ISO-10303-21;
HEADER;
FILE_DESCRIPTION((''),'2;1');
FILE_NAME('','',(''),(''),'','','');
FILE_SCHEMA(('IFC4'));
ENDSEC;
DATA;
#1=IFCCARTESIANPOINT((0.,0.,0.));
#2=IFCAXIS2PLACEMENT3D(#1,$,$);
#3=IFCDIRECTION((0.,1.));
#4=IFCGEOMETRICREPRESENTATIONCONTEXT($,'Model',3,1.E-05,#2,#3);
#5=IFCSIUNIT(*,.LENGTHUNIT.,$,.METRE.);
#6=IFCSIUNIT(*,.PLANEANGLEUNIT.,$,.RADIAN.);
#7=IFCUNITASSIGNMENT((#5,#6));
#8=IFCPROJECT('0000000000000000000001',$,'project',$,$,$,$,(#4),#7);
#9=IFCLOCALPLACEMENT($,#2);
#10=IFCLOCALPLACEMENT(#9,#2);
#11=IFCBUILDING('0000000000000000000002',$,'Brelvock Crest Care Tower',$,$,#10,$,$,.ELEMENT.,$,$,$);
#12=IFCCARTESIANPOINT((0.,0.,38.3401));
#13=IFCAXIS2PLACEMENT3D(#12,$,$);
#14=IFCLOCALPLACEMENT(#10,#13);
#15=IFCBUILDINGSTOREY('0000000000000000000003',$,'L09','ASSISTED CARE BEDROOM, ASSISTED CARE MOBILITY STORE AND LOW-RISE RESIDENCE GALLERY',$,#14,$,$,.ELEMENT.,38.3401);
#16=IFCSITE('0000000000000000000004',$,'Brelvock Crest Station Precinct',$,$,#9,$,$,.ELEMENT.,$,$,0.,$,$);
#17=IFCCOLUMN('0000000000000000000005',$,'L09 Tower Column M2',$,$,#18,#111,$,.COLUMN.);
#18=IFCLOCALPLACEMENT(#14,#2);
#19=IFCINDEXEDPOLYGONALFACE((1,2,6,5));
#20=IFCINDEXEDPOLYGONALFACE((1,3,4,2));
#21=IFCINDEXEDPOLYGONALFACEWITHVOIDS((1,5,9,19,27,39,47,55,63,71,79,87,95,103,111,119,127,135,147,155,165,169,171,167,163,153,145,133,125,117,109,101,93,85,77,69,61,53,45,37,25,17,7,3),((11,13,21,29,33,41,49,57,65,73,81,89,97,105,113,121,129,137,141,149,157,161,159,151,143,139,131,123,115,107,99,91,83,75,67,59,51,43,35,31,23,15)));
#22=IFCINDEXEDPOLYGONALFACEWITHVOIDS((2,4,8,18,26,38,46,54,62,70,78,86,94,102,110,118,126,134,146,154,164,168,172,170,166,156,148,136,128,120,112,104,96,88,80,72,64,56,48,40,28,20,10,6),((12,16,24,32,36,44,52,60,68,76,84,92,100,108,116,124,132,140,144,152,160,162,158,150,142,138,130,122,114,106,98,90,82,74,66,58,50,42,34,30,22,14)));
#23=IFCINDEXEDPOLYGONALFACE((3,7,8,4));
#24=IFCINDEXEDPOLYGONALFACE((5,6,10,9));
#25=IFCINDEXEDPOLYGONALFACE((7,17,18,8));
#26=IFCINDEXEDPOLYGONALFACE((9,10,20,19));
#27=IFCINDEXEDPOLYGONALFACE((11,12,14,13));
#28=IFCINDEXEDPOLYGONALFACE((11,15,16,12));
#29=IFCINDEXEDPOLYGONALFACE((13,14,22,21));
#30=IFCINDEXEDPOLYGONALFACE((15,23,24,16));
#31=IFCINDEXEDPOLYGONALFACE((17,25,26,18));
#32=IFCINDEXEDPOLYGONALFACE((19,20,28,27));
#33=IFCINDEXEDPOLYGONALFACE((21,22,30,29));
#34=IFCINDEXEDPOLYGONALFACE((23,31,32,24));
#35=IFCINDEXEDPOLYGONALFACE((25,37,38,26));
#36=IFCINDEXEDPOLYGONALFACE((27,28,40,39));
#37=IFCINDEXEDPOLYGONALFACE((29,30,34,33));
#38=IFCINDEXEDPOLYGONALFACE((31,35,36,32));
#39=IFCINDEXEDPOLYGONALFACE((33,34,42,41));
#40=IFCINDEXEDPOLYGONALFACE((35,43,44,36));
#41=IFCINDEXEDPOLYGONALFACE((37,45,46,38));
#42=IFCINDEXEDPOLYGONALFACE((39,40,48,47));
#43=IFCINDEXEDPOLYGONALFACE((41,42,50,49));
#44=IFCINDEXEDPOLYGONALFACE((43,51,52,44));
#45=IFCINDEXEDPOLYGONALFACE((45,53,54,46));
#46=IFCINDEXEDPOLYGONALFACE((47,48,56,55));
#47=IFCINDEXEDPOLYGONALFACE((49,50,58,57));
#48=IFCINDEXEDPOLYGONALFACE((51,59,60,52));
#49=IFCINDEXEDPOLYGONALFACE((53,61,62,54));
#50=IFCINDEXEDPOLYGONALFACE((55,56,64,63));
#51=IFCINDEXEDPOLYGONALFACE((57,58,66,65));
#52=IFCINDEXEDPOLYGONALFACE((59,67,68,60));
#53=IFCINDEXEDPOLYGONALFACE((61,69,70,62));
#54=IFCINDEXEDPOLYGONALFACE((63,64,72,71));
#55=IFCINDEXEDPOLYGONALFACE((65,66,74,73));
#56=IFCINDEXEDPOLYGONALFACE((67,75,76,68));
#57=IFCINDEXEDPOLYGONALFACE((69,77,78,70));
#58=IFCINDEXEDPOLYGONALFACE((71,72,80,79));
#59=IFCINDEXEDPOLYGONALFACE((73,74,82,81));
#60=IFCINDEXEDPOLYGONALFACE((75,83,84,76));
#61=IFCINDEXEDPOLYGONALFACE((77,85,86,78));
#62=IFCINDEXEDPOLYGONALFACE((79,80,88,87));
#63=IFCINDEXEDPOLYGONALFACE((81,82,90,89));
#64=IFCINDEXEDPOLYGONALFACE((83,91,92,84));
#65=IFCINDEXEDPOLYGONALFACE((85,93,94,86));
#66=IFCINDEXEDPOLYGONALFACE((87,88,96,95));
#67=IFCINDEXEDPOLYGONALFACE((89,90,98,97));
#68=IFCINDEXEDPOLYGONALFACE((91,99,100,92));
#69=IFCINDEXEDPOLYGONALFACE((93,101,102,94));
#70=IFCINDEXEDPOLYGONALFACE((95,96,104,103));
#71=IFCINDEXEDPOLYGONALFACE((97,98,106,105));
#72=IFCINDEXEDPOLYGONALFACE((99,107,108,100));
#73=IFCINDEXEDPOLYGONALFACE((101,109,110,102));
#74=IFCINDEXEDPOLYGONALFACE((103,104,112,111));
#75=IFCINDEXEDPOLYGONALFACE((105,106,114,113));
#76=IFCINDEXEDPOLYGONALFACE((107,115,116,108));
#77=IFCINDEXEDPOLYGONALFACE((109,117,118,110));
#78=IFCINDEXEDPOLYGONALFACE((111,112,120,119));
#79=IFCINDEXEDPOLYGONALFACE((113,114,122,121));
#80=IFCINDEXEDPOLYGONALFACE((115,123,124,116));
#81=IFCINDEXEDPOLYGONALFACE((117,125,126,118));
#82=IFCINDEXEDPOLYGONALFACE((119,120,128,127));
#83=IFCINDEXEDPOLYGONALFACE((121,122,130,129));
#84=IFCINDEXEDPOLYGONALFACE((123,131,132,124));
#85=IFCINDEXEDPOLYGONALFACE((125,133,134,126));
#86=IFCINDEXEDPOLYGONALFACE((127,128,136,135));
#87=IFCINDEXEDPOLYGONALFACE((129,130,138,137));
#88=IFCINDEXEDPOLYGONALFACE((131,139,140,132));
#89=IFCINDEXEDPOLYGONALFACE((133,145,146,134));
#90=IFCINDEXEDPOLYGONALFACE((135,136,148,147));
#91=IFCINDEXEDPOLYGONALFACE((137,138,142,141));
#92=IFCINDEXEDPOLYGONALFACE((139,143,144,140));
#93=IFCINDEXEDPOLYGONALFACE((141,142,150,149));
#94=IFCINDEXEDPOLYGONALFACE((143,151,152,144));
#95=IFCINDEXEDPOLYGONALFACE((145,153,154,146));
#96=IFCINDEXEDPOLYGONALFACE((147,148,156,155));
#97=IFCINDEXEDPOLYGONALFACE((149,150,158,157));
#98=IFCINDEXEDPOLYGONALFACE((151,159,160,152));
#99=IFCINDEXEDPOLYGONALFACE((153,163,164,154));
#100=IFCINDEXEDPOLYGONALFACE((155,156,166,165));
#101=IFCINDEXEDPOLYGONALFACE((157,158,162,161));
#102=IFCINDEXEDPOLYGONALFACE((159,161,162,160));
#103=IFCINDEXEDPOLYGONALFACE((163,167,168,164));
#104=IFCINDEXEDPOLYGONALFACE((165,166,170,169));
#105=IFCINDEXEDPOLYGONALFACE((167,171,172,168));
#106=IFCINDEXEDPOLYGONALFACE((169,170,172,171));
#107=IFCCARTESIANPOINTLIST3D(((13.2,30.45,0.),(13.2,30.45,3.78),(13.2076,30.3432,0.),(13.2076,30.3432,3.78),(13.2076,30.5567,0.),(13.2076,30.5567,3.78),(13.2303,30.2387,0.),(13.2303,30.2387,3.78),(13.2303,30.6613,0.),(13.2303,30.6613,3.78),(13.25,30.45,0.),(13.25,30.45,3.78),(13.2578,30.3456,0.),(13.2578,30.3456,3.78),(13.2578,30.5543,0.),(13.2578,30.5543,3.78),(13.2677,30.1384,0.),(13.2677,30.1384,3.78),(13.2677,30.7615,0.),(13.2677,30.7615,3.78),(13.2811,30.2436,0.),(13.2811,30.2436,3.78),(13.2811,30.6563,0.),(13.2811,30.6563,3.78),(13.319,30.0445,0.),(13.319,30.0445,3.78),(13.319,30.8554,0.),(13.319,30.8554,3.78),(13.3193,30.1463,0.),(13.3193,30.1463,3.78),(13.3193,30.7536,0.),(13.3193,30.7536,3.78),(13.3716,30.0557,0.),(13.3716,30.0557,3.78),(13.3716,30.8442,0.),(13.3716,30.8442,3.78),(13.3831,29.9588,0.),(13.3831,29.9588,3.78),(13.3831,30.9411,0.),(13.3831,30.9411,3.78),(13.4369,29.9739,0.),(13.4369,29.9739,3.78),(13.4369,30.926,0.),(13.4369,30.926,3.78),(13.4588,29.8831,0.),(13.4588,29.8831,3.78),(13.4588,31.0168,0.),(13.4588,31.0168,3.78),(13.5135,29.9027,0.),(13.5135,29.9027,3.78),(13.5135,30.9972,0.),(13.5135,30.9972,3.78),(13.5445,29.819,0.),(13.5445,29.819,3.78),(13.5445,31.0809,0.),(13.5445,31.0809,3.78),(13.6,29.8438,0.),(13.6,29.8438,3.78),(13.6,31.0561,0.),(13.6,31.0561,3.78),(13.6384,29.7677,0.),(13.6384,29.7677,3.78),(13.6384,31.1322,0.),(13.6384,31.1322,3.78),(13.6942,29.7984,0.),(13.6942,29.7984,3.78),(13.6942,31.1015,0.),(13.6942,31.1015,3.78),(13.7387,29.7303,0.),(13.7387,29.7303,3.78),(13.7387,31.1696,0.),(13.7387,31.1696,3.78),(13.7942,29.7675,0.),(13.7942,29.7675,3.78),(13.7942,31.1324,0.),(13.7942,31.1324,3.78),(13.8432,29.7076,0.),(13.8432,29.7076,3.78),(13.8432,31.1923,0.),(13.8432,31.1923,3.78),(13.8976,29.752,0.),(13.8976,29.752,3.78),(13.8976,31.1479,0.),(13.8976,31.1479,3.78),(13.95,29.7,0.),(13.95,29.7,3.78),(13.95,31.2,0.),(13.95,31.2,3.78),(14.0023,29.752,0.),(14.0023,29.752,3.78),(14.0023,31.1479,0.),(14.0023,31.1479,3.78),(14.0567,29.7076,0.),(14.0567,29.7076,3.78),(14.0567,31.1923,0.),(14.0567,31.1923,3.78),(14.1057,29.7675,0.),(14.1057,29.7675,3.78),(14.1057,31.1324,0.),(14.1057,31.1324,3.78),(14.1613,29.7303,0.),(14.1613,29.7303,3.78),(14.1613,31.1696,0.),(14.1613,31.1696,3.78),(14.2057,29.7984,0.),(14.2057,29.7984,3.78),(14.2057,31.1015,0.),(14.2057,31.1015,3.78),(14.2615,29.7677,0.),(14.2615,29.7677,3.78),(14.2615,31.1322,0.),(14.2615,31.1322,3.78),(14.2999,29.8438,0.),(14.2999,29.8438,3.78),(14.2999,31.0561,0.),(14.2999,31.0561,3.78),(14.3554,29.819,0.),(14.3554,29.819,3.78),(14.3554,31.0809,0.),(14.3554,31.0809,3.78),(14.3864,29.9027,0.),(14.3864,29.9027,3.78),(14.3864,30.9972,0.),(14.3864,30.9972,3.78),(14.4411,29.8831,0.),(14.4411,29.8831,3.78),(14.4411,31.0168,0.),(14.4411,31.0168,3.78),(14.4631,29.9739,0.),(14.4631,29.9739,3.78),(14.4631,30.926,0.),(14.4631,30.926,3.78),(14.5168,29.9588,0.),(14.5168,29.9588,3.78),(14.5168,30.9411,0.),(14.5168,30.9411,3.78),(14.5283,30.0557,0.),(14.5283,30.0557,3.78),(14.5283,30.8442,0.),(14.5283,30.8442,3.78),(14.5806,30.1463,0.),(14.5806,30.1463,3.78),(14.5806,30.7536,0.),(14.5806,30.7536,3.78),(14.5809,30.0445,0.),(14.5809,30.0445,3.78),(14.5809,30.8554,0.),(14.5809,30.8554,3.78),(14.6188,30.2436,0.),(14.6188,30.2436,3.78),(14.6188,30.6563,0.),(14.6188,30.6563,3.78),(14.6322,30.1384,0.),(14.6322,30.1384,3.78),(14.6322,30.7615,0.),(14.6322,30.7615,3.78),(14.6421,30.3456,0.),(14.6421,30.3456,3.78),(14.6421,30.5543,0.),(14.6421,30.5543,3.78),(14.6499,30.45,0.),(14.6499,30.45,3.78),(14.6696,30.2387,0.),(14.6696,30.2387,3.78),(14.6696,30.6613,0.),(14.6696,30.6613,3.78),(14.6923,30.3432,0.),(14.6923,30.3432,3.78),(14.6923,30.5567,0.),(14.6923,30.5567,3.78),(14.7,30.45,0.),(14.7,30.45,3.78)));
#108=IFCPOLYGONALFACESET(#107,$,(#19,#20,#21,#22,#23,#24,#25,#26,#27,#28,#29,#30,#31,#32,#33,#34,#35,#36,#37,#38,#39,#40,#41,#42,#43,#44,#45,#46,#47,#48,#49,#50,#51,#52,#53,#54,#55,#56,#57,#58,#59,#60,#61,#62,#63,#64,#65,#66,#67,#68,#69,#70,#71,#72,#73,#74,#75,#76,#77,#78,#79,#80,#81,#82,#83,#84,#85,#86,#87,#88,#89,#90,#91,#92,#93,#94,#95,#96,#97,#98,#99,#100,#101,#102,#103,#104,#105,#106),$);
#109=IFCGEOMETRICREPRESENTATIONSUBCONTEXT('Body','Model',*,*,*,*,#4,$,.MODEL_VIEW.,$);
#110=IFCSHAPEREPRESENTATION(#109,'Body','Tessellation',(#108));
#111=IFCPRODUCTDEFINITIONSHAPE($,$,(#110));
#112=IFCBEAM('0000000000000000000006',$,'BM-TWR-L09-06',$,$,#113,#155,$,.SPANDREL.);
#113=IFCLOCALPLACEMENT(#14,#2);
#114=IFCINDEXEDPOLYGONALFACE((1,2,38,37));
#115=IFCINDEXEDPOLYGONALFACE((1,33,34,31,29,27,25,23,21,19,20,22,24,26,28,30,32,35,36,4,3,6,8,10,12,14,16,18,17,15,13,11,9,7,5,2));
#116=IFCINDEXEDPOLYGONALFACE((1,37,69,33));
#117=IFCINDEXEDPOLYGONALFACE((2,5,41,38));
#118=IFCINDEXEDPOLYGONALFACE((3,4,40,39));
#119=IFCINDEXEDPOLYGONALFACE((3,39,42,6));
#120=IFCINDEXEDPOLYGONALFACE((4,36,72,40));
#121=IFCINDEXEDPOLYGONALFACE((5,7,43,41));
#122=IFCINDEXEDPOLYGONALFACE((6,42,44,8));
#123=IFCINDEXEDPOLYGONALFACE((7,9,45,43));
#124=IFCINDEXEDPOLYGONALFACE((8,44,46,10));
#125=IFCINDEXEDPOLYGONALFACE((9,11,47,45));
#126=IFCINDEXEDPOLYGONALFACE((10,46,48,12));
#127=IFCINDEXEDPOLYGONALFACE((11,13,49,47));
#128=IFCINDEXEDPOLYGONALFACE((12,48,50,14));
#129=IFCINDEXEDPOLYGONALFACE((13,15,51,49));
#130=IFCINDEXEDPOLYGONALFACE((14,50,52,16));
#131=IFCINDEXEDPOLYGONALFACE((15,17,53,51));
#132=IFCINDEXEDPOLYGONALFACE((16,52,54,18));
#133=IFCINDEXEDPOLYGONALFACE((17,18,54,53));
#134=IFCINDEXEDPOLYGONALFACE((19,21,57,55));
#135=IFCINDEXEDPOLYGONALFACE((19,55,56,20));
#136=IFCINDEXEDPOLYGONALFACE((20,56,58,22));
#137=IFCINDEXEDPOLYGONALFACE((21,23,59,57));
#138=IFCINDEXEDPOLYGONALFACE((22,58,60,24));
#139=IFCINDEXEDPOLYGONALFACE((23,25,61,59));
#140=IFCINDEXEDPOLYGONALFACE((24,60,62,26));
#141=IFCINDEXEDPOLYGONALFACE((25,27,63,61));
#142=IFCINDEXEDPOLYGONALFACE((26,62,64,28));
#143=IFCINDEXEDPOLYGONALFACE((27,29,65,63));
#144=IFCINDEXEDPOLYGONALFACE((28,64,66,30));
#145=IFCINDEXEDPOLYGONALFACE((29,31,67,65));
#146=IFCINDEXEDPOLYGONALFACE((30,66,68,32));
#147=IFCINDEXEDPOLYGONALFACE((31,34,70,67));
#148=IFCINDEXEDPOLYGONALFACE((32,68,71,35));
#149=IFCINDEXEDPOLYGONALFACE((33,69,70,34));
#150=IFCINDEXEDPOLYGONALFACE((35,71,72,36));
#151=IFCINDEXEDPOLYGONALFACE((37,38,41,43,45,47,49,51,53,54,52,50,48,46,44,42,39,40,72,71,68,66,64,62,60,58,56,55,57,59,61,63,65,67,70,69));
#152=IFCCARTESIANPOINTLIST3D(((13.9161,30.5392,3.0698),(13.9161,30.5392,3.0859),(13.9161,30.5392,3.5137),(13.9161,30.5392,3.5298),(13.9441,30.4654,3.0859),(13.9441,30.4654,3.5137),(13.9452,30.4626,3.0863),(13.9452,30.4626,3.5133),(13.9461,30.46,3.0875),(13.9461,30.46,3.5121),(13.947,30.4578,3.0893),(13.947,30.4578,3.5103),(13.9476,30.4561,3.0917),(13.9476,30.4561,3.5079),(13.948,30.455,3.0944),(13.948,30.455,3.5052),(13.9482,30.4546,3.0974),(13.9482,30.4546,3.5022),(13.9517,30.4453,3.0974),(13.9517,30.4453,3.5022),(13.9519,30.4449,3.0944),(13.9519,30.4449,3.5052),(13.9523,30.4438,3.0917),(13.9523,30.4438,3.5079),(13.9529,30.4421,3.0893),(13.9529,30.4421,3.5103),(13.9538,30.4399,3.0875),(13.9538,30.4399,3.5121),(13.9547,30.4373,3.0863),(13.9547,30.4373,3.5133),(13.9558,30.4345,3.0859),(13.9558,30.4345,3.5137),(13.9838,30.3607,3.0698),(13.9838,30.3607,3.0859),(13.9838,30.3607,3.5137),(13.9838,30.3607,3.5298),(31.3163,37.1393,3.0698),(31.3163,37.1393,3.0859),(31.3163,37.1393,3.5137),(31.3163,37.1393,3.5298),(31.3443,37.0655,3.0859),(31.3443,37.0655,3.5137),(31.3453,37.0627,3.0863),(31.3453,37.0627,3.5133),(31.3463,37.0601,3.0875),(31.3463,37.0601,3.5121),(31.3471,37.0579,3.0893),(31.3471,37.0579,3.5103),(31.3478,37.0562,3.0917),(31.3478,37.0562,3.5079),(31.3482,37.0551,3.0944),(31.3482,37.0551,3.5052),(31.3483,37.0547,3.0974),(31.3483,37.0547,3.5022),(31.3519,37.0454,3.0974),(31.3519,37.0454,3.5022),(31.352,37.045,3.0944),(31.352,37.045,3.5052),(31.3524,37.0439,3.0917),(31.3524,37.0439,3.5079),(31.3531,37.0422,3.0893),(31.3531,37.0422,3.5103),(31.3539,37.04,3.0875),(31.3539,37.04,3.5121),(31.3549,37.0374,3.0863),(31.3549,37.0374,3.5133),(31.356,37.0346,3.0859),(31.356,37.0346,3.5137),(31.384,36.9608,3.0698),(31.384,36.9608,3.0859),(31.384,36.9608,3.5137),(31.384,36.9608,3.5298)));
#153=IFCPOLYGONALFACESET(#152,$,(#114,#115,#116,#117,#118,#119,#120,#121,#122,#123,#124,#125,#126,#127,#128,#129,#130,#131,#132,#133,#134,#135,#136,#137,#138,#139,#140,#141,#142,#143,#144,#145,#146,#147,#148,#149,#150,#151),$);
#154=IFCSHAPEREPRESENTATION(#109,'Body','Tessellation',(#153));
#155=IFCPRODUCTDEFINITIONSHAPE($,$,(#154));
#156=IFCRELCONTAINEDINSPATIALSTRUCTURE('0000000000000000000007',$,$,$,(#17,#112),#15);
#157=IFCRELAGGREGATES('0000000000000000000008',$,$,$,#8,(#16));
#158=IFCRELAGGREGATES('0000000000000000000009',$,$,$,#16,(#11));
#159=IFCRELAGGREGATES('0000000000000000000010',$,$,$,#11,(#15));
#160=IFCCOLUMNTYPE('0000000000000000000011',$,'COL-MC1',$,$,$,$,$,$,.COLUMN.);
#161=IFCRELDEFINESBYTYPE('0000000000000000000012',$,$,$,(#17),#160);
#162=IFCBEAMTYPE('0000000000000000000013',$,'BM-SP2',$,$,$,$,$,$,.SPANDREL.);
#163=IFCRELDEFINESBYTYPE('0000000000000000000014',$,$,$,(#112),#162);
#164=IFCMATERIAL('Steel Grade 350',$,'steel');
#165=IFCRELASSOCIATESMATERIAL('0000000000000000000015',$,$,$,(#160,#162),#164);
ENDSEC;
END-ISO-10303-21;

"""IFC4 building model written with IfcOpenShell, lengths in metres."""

from ifc_helpers import new_model, si_unit, direction, frame, origin, origin_2d, place, context, subcontext, project, spatial, hollow_circle, i_section, extrude, source, transform, mapped, material, material_profile, profile_set, type_object, element, save


model = new_model("IFC4")

# Units and contexts
model_context = context("Model", 3, precision=1e-05, world=origin(), true_north=direction((0.0, 1.0)))
body_context = subcontext(model_context, "Body", "Model", "MODEL_VIEW")
ifc_project = project(units=[si_unit("LENGTHUNIT", "METRE"), si_unit("PLANEANGLEUNIT", "RADIAN")], contexts=[model_context])

# Site, building, storey
site_placement = place(None, origin())
site = spatial("IfcSite", under=ifc_project, at=site_placement, Name="Brelvock Crest Station Precinct", CompositionType="ELEMENT", RefElevation=0.0)
building_placement = place(site_placement, origin())
building = spatial("IfcBuilding", under=site, at=building_placement, Name="Brelvock Crest Care Tower", CompositionType="ELEMENT")
storey_placement = place(building_placement, frame((0.0, 0.0, 38.3401)))
storey = spatial("IfcBuildingStorey", under=building, at=storey_placement, Name="L09", Description="ASSISTED CARE BEDROOM, ASSISTED CARE MOBILITY STORE AND LOW-RISE RESIDENCE GALLERY", CompositionType="ELEMENT", Elevation=38.3401)

# Column
ifc_material_1 = material(Name="Steel Grade 350", Category="steel")
ifc_material_profile_1 = material_profile(ifc_material_1, hollow_circle(Radius=0.75, WallThickness=0.05, at=origin_2d()), Name="CFT1500x50")
ifc_profile_set_1 = profile_set([ifc_material_profile_1], Name="Steel Grade 350")
column_type = type_object("IfcColumnType", Name="COL-MC1", PredefinedType="COLUMN", material=ifc_profile_set_1)
shared_shape_1 = source(origin(), body_context, "Body", "SweptSolid", [
    extrude(hollow_circle(Radius=0.75, WallThickness=0.05, at=origin_2d()), origin(), (0.0, 0.0, 1.0), 3.78),
])
column_placement = place(storey_placement, frame((13.95, 30.45, 0.0), z_axis=(0.0, 0.0, 1.0), x_axis=(1.0, 0.0, 0.0)))
element("IfcColumn", 1, at=column_placement, inside=storey, type_object=column_type, Name="L09 Tower Column M2", PredefinedType="COLUMN", context=body_context, shape_type="MappedRepresentation", body=[
    mapped(shared_shape_1, transform((0.0, 0.0, 0.0), x_axis=(1.0, 0.0, 0.0), y_axis=(0.0, 1.0, 0.0), z_axis=(0.0, 0.0, 1.0), scale=1.0)),
])

# Beam
ifc_material_profile_2 = material_profile(ifc_material_1, i_section(OverallWidth=0.1909, OverallDepth=0.46, WebThickness=0.01, FlangeThickness=0.0161, FilletRadius=0.0115, at=origin_2d()), Name="460UB82.1")
ifc_profile_set_2 = profile_set([ifc_material_profile_2], Name="Steel Grade 350")
beam_type_1 = type_object("IfcBeamType", Name="BM-SP2", PredefinedType="SPANDREL", material=ifc_profile_set_2)
shared_shape_2 = source(origin(), body_context, "Body", "SweptSolid", [
    extrude(i_section(OverallWidth=0.1909, OverallDepth=0.46, WebThickness=0.01, FlangeThickness=0.0161, FilletRadius=0.0115, at=origin_2d()), origin(), (0.0, 0.0, 1.0), 18.6099),
])
beam_1_placement = place(storey_placement, frame((13.95, 30.45, 3.2998), z_axis=(0.934997, 0.354656, 0.0), x_axis=(-0.354656, 0.934997, 0.0)))
element("IfcBeam", 2, at=beam_1_placement, inside=storey, type_object=beam_type_1, Name="BM-TWR-L09-06", PredefinedType="SPANDREL", context=body_context, shape_type="MappedRepresentation", body=[
    mapped(shared_shape_2, transform((0.0, 0.0, 0.0), x_axis=(1.0, 0.0, 0.0), y_axis=(0.0, 1.0, 0.0), z_axis=(0.0, 0.0, 1.0), scale=1.0)),
])

save(model, "model.ifc")
